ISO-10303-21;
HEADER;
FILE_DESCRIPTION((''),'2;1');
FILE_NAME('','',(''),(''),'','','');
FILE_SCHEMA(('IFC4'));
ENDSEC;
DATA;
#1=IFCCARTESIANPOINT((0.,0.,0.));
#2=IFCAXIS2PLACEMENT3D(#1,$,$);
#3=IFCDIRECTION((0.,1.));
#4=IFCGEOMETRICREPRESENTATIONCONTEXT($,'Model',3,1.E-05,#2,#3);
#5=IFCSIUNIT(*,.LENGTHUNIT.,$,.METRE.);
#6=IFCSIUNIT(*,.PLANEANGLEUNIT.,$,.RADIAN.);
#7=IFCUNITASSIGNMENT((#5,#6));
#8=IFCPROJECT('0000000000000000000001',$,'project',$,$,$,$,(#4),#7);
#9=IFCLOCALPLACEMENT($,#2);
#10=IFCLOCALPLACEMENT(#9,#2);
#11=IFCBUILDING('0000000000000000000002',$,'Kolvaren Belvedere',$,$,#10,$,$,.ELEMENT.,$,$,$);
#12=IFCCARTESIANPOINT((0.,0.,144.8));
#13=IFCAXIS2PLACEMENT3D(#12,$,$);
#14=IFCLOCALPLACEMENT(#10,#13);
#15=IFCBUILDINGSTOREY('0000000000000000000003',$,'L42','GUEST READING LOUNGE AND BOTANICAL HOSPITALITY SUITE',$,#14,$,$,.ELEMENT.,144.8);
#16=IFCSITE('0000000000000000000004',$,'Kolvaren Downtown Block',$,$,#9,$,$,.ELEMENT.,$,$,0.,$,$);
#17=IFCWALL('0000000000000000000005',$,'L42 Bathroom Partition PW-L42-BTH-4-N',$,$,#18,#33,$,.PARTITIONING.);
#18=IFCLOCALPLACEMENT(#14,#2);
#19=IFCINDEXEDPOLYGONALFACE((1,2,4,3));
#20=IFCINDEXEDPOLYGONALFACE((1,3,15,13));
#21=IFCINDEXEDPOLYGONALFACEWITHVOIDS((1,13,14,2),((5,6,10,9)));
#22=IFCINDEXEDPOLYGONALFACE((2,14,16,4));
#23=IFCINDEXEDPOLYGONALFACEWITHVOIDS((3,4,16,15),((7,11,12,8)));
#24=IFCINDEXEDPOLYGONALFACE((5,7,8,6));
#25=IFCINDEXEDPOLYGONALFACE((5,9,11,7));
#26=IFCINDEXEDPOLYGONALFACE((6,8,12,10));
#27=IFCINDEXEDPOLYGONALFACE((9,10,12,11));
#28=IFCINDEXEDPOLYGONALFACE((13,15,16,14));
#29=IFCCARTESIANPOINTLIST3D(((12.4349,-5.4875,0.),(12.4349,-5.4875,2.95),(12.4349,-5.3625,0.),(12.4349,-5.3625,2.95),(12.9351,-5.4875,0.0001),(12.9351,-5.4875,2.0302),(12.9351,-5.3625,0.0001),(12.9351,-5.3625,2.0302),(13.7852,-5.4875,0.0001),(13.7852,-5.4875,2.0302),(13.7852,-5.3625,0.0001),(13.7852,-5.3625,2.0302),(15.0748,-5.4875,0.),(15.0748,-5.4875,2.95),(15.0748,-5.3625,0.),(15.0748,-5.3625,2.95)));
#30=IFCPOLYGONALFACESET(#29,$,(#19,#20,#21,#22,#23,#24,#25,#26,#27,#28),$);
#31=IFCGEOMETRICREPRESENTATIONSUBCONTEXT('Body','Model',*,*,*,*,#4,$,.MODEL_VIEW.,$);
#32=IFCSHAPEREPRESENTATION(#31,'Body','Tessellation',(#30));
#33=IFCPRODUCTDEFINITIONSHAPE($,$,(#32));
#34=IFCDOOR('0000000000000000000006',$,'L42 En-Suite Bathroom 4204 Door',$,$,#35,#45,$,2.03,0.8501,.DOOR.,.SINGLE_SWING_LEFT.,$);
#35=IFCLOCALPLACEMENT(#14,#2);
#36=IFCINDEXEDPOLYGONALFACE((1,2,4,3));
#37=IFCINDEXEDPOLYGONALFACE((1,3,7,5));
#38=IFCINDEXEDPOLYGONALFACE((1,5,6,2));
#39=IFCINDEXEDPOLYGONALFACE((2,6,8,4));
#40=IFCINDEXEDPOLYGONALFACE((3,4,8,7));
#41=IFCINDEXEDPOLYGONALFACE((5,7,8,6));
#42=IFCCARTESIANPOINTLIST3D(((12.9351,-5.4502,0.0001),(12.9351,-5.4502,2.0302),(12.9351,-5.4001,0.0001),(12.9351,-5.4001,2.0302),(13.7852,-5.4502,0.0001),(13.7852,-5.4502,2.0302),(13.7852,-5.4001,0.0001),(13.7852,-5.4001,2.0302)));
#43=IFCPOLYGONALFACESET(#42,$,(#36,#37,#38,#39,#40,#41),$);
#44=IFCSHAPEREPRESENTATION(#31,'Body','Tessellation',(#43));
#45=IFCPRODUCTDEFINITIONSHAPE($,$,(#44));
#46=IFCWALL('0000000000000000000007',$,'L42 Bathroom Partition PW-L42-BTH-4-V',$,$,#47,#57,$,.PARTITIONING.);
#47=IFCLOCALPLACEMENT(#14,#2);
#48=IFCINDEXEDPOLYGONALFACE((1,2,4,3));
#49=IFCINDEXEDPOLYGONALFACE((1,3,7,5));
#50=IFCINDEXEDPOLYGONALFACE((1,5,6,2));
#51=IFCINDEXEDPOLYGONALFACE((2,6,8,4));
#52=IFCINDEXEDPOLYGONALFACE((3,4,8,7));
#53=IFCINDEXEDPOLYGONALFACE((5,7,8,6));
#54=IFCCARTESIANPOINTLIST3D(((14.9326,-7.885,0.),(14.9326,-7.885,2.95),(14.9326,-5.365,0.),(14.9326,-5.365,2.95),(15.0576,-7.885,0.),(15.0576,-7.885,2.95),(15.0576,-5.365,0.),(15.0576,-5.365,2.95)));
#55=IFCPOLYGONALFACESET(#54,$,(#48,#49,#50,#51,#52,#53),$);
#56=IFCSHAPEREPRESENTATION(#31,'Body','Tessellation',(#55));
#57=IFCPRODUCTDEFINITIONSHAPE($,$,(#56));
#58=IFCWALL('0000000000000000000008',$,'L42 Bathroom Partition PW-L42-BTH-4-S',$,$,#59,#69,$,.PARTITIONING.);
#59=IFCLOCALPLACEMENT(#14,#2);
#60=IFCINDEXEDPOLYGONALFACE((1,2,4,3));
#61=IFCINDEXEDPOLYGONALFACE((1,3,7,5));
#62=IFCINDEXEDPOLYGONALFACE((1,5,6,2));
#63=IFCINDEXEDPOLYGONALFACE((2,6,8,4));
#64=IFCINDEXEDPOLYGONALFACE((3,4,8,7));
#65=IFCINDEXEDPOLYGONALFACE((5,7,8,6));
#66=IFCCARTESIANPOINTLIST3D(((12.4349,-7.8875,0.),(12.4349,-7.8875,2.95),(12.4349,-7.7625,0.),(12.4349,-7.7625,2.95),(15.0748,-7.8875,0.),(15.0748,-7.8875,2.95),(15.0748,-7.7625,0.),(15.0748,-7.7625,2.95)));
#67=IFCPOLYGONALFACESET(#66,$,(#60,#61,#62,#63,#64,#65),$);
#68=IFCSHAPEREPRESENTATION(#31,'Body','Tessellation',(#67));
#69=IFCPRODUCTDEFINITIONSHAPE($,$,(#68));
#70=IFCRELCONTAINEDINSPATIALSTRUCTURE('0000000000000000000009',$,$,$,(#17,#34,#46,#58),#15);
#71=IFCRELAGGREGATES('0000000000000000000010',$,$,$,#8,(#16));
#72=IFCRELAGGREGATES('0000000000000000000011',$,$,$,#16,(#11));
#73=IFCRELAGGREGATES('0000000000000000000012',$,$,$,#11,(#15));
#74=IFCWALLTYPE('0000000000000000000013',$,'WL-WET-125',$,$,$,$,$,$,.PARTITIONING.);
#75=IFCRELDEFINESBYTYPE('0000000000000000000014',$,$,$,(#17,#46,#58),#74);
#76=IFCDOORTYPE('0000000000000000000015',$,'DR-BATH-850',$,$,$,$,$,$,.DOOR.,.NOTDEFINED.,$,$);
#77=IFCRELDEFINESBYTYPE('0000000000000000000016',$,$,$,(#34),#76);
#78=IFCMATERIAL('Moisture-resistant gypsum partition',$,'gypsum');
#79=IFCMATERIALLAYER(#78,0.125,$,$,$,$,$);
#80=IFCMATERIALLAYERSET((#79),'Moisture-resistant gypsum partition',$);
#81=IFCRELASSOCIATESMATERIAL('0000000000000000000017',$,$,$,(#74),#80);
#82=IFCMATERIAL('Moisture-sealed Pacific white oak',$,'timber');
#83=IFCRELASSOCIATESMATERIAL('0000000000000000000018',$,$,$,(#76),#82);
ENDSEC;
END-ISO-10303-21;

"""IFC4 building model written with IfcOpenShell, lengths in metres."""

from ifc_helpers import new_model, si_unit, direction, frame, frame_2d, origin, place, context, subcontext, project, spatial, rectangle, extrude, material, layer, layer_set, type_object, element, fill, save


model = new_model("IFC4")

# Units and contexts
model_context = context("Model", 3, precision=1e-05, world=origin(), true_north=direction((0.0, 1.0)))
body_context = subcontext(model_context, "Body", "Model", "MODEL_VIEW")
ifc_project = project(units=[si_unit("LENGTHUNIT", "METRE"), si_unit("PLANEANGLEUNIT", "RADIAN")], contexts=[model_context])

# Site, building, storey
site_placement = place(None, origin())
site = spatial("IfcSite", under=ifc_project, at=site_placement, Name="Kolvaren Downtown Block", CompositionType="ELEMENT", RefElevation=0.0)
building_placement = place(site_placement, origin())
building = spatial("IfcBuilding", under=site, at=building_placement, Name="Kolvaren Belvedere", CompositionType="ELEMENT")
storey_placement = place(building_placement, frame((0.0, 0.0, 144.8)))
storey = spatial("IfcBuildingStorey", under=building, at=storey_placement, Name="L42", Description="GUEST READING LOUNGE AND BOTANICAL HOSPITALITY SUITE", CompositionType="ELEMENT", Elevation=144.8)

# Wall, opening, door
ifc_material_1 = material(Name="Moisture-resistant gypsum partition", Category="gypsum")
ifc_layer_1 = layer(ifc_material_1, 0.125)
ifc_layer_set_1 = layer_set([ifc_layer_1], Name="Moisture-resistant gypsum partition")
wall_type_1 = type_object("IfcWallType", Name="WL-WET-125", PredefinedType="PARTITIONING", material=ifc_layer_set_1)
wall_1_placement = place(storey_placement, frame((12.4351, -5.425, 0.0), z_axis=(0.0, 0.0, 1.0), x_axis=(1.0, 0.0, 0.0)))
wall_1 = element("IfcWall", 1, at=wall_1_placement, inside=storey, type_object=wall_type_1, Name="L42 Bathroom Partition PW-L42-BTH-4-N", PredefinedType="PARTITIONING", context=body_context, shape_type="SweptSolid", body=[
    extrude(rectangle(XDim=2.6399, YDim=0.125, at=frame_2d((1.3198, 0.0))), origin(), (0.0, 0.0, 1.0), 2.95),
])
opening_1_placement = place(wall_1_placement, frame((0.5, 0.0, 0.0)))
opening_1 = element("IfcOpeningElement", 2, at=opening_1_placement, cuts=wall_1, PredefinedType="OPENING", context=body_context, shape_type="SweptSolid", body=[
    extrude(rectangle(XDim=0.8501, YDim=2.03, at=frame_2d((0.425, 1.0151))), frame((0.0, 0.0725, 0.0), z_axis=(0.0, -1.0, 0.0), x_axis=(1.0, 0.0, 0.0)), (0.0, 0.0, 1.0), 0.145),
])
ifc_material_2 = material(Name="Moisture-sealed Pacific white oak", Category="timber")
door_type_1 = type_object("IfcDoorType", Name="DR-BATH-850", OperationType="NOTDEFINED", PredefinedType="DOOR", material=ifc_material_2)
door_1_placement = place(opening_1_placement, origin())
door_1 = element("IfcDoor", 3, at=door_1_placement, inside=storey, type_object=door_type_1, Name="L42 En-Suite Bathroom 4204 Door", OperationType="SINGLE_SWING_LEFT", OverallHeight=2.03, OverallWidth=0.8501, PredefinedType="DOOR", context=body_context, shape_type="SweptSolid", body=[
    extrude(rectangle(XDim=0.8501, YDim=2.03, at=frame_2d((0.425, 1.0151))), frame((0.0, 0.0249, 0.0), z_axis=(0.0, -1.0, 0.0), x_axis=(1.0, 0.0, 0.0)), (0.0, 0.0, 1.0), 0.05),
])
fill(opening_1, door_1)

# Walls
wall_2_placement = place(storey_placement, frame((14.9951, -7.885, 0.0), z_axis=(0.0, 0.0, 1.0), x_axis=(0.0, 1.0, 0.0)))
element("IfcWall", 4, at=wall_2_placement, inside=storey, type_object=wall_type_1, Name="L42 Bathroom Partition PW-L42-BTH-4-V", PredefinedType="PARTITIONING", context=body_context, shape_type="SweptSolid", body=[
    extrude(rectangle(XDim=2.52, YDim=0.125, at=frame_2d((1.26, 0.0))), origin(), (0.0, 0.0, 1.0), 2.95),
])
wall_3_placement = place(storey_placement, frame((12.4351, -7.825, 0.0), z_axis=(0.0, 0.0, 1.0), x_axis=(1.0, 0.0, 0.0)))
element("IfcWall", 5, at=wall_3_placement, inside=storey, type_object=wall_type_1, Name="L42 Bathroom Partition PW-L42-BTH-4-S", PredefinedType="PARTITIONING", context=body_context, shape_type="SweptSolid", body=[
    extrude(rectangle(XDim=2.6399, YDim=0.125, at=frame_2d((1.3198, 0.0))), origin(), (0.0, 0.0, 1.0), 2.95),
])

save(model, "model.ifc")
